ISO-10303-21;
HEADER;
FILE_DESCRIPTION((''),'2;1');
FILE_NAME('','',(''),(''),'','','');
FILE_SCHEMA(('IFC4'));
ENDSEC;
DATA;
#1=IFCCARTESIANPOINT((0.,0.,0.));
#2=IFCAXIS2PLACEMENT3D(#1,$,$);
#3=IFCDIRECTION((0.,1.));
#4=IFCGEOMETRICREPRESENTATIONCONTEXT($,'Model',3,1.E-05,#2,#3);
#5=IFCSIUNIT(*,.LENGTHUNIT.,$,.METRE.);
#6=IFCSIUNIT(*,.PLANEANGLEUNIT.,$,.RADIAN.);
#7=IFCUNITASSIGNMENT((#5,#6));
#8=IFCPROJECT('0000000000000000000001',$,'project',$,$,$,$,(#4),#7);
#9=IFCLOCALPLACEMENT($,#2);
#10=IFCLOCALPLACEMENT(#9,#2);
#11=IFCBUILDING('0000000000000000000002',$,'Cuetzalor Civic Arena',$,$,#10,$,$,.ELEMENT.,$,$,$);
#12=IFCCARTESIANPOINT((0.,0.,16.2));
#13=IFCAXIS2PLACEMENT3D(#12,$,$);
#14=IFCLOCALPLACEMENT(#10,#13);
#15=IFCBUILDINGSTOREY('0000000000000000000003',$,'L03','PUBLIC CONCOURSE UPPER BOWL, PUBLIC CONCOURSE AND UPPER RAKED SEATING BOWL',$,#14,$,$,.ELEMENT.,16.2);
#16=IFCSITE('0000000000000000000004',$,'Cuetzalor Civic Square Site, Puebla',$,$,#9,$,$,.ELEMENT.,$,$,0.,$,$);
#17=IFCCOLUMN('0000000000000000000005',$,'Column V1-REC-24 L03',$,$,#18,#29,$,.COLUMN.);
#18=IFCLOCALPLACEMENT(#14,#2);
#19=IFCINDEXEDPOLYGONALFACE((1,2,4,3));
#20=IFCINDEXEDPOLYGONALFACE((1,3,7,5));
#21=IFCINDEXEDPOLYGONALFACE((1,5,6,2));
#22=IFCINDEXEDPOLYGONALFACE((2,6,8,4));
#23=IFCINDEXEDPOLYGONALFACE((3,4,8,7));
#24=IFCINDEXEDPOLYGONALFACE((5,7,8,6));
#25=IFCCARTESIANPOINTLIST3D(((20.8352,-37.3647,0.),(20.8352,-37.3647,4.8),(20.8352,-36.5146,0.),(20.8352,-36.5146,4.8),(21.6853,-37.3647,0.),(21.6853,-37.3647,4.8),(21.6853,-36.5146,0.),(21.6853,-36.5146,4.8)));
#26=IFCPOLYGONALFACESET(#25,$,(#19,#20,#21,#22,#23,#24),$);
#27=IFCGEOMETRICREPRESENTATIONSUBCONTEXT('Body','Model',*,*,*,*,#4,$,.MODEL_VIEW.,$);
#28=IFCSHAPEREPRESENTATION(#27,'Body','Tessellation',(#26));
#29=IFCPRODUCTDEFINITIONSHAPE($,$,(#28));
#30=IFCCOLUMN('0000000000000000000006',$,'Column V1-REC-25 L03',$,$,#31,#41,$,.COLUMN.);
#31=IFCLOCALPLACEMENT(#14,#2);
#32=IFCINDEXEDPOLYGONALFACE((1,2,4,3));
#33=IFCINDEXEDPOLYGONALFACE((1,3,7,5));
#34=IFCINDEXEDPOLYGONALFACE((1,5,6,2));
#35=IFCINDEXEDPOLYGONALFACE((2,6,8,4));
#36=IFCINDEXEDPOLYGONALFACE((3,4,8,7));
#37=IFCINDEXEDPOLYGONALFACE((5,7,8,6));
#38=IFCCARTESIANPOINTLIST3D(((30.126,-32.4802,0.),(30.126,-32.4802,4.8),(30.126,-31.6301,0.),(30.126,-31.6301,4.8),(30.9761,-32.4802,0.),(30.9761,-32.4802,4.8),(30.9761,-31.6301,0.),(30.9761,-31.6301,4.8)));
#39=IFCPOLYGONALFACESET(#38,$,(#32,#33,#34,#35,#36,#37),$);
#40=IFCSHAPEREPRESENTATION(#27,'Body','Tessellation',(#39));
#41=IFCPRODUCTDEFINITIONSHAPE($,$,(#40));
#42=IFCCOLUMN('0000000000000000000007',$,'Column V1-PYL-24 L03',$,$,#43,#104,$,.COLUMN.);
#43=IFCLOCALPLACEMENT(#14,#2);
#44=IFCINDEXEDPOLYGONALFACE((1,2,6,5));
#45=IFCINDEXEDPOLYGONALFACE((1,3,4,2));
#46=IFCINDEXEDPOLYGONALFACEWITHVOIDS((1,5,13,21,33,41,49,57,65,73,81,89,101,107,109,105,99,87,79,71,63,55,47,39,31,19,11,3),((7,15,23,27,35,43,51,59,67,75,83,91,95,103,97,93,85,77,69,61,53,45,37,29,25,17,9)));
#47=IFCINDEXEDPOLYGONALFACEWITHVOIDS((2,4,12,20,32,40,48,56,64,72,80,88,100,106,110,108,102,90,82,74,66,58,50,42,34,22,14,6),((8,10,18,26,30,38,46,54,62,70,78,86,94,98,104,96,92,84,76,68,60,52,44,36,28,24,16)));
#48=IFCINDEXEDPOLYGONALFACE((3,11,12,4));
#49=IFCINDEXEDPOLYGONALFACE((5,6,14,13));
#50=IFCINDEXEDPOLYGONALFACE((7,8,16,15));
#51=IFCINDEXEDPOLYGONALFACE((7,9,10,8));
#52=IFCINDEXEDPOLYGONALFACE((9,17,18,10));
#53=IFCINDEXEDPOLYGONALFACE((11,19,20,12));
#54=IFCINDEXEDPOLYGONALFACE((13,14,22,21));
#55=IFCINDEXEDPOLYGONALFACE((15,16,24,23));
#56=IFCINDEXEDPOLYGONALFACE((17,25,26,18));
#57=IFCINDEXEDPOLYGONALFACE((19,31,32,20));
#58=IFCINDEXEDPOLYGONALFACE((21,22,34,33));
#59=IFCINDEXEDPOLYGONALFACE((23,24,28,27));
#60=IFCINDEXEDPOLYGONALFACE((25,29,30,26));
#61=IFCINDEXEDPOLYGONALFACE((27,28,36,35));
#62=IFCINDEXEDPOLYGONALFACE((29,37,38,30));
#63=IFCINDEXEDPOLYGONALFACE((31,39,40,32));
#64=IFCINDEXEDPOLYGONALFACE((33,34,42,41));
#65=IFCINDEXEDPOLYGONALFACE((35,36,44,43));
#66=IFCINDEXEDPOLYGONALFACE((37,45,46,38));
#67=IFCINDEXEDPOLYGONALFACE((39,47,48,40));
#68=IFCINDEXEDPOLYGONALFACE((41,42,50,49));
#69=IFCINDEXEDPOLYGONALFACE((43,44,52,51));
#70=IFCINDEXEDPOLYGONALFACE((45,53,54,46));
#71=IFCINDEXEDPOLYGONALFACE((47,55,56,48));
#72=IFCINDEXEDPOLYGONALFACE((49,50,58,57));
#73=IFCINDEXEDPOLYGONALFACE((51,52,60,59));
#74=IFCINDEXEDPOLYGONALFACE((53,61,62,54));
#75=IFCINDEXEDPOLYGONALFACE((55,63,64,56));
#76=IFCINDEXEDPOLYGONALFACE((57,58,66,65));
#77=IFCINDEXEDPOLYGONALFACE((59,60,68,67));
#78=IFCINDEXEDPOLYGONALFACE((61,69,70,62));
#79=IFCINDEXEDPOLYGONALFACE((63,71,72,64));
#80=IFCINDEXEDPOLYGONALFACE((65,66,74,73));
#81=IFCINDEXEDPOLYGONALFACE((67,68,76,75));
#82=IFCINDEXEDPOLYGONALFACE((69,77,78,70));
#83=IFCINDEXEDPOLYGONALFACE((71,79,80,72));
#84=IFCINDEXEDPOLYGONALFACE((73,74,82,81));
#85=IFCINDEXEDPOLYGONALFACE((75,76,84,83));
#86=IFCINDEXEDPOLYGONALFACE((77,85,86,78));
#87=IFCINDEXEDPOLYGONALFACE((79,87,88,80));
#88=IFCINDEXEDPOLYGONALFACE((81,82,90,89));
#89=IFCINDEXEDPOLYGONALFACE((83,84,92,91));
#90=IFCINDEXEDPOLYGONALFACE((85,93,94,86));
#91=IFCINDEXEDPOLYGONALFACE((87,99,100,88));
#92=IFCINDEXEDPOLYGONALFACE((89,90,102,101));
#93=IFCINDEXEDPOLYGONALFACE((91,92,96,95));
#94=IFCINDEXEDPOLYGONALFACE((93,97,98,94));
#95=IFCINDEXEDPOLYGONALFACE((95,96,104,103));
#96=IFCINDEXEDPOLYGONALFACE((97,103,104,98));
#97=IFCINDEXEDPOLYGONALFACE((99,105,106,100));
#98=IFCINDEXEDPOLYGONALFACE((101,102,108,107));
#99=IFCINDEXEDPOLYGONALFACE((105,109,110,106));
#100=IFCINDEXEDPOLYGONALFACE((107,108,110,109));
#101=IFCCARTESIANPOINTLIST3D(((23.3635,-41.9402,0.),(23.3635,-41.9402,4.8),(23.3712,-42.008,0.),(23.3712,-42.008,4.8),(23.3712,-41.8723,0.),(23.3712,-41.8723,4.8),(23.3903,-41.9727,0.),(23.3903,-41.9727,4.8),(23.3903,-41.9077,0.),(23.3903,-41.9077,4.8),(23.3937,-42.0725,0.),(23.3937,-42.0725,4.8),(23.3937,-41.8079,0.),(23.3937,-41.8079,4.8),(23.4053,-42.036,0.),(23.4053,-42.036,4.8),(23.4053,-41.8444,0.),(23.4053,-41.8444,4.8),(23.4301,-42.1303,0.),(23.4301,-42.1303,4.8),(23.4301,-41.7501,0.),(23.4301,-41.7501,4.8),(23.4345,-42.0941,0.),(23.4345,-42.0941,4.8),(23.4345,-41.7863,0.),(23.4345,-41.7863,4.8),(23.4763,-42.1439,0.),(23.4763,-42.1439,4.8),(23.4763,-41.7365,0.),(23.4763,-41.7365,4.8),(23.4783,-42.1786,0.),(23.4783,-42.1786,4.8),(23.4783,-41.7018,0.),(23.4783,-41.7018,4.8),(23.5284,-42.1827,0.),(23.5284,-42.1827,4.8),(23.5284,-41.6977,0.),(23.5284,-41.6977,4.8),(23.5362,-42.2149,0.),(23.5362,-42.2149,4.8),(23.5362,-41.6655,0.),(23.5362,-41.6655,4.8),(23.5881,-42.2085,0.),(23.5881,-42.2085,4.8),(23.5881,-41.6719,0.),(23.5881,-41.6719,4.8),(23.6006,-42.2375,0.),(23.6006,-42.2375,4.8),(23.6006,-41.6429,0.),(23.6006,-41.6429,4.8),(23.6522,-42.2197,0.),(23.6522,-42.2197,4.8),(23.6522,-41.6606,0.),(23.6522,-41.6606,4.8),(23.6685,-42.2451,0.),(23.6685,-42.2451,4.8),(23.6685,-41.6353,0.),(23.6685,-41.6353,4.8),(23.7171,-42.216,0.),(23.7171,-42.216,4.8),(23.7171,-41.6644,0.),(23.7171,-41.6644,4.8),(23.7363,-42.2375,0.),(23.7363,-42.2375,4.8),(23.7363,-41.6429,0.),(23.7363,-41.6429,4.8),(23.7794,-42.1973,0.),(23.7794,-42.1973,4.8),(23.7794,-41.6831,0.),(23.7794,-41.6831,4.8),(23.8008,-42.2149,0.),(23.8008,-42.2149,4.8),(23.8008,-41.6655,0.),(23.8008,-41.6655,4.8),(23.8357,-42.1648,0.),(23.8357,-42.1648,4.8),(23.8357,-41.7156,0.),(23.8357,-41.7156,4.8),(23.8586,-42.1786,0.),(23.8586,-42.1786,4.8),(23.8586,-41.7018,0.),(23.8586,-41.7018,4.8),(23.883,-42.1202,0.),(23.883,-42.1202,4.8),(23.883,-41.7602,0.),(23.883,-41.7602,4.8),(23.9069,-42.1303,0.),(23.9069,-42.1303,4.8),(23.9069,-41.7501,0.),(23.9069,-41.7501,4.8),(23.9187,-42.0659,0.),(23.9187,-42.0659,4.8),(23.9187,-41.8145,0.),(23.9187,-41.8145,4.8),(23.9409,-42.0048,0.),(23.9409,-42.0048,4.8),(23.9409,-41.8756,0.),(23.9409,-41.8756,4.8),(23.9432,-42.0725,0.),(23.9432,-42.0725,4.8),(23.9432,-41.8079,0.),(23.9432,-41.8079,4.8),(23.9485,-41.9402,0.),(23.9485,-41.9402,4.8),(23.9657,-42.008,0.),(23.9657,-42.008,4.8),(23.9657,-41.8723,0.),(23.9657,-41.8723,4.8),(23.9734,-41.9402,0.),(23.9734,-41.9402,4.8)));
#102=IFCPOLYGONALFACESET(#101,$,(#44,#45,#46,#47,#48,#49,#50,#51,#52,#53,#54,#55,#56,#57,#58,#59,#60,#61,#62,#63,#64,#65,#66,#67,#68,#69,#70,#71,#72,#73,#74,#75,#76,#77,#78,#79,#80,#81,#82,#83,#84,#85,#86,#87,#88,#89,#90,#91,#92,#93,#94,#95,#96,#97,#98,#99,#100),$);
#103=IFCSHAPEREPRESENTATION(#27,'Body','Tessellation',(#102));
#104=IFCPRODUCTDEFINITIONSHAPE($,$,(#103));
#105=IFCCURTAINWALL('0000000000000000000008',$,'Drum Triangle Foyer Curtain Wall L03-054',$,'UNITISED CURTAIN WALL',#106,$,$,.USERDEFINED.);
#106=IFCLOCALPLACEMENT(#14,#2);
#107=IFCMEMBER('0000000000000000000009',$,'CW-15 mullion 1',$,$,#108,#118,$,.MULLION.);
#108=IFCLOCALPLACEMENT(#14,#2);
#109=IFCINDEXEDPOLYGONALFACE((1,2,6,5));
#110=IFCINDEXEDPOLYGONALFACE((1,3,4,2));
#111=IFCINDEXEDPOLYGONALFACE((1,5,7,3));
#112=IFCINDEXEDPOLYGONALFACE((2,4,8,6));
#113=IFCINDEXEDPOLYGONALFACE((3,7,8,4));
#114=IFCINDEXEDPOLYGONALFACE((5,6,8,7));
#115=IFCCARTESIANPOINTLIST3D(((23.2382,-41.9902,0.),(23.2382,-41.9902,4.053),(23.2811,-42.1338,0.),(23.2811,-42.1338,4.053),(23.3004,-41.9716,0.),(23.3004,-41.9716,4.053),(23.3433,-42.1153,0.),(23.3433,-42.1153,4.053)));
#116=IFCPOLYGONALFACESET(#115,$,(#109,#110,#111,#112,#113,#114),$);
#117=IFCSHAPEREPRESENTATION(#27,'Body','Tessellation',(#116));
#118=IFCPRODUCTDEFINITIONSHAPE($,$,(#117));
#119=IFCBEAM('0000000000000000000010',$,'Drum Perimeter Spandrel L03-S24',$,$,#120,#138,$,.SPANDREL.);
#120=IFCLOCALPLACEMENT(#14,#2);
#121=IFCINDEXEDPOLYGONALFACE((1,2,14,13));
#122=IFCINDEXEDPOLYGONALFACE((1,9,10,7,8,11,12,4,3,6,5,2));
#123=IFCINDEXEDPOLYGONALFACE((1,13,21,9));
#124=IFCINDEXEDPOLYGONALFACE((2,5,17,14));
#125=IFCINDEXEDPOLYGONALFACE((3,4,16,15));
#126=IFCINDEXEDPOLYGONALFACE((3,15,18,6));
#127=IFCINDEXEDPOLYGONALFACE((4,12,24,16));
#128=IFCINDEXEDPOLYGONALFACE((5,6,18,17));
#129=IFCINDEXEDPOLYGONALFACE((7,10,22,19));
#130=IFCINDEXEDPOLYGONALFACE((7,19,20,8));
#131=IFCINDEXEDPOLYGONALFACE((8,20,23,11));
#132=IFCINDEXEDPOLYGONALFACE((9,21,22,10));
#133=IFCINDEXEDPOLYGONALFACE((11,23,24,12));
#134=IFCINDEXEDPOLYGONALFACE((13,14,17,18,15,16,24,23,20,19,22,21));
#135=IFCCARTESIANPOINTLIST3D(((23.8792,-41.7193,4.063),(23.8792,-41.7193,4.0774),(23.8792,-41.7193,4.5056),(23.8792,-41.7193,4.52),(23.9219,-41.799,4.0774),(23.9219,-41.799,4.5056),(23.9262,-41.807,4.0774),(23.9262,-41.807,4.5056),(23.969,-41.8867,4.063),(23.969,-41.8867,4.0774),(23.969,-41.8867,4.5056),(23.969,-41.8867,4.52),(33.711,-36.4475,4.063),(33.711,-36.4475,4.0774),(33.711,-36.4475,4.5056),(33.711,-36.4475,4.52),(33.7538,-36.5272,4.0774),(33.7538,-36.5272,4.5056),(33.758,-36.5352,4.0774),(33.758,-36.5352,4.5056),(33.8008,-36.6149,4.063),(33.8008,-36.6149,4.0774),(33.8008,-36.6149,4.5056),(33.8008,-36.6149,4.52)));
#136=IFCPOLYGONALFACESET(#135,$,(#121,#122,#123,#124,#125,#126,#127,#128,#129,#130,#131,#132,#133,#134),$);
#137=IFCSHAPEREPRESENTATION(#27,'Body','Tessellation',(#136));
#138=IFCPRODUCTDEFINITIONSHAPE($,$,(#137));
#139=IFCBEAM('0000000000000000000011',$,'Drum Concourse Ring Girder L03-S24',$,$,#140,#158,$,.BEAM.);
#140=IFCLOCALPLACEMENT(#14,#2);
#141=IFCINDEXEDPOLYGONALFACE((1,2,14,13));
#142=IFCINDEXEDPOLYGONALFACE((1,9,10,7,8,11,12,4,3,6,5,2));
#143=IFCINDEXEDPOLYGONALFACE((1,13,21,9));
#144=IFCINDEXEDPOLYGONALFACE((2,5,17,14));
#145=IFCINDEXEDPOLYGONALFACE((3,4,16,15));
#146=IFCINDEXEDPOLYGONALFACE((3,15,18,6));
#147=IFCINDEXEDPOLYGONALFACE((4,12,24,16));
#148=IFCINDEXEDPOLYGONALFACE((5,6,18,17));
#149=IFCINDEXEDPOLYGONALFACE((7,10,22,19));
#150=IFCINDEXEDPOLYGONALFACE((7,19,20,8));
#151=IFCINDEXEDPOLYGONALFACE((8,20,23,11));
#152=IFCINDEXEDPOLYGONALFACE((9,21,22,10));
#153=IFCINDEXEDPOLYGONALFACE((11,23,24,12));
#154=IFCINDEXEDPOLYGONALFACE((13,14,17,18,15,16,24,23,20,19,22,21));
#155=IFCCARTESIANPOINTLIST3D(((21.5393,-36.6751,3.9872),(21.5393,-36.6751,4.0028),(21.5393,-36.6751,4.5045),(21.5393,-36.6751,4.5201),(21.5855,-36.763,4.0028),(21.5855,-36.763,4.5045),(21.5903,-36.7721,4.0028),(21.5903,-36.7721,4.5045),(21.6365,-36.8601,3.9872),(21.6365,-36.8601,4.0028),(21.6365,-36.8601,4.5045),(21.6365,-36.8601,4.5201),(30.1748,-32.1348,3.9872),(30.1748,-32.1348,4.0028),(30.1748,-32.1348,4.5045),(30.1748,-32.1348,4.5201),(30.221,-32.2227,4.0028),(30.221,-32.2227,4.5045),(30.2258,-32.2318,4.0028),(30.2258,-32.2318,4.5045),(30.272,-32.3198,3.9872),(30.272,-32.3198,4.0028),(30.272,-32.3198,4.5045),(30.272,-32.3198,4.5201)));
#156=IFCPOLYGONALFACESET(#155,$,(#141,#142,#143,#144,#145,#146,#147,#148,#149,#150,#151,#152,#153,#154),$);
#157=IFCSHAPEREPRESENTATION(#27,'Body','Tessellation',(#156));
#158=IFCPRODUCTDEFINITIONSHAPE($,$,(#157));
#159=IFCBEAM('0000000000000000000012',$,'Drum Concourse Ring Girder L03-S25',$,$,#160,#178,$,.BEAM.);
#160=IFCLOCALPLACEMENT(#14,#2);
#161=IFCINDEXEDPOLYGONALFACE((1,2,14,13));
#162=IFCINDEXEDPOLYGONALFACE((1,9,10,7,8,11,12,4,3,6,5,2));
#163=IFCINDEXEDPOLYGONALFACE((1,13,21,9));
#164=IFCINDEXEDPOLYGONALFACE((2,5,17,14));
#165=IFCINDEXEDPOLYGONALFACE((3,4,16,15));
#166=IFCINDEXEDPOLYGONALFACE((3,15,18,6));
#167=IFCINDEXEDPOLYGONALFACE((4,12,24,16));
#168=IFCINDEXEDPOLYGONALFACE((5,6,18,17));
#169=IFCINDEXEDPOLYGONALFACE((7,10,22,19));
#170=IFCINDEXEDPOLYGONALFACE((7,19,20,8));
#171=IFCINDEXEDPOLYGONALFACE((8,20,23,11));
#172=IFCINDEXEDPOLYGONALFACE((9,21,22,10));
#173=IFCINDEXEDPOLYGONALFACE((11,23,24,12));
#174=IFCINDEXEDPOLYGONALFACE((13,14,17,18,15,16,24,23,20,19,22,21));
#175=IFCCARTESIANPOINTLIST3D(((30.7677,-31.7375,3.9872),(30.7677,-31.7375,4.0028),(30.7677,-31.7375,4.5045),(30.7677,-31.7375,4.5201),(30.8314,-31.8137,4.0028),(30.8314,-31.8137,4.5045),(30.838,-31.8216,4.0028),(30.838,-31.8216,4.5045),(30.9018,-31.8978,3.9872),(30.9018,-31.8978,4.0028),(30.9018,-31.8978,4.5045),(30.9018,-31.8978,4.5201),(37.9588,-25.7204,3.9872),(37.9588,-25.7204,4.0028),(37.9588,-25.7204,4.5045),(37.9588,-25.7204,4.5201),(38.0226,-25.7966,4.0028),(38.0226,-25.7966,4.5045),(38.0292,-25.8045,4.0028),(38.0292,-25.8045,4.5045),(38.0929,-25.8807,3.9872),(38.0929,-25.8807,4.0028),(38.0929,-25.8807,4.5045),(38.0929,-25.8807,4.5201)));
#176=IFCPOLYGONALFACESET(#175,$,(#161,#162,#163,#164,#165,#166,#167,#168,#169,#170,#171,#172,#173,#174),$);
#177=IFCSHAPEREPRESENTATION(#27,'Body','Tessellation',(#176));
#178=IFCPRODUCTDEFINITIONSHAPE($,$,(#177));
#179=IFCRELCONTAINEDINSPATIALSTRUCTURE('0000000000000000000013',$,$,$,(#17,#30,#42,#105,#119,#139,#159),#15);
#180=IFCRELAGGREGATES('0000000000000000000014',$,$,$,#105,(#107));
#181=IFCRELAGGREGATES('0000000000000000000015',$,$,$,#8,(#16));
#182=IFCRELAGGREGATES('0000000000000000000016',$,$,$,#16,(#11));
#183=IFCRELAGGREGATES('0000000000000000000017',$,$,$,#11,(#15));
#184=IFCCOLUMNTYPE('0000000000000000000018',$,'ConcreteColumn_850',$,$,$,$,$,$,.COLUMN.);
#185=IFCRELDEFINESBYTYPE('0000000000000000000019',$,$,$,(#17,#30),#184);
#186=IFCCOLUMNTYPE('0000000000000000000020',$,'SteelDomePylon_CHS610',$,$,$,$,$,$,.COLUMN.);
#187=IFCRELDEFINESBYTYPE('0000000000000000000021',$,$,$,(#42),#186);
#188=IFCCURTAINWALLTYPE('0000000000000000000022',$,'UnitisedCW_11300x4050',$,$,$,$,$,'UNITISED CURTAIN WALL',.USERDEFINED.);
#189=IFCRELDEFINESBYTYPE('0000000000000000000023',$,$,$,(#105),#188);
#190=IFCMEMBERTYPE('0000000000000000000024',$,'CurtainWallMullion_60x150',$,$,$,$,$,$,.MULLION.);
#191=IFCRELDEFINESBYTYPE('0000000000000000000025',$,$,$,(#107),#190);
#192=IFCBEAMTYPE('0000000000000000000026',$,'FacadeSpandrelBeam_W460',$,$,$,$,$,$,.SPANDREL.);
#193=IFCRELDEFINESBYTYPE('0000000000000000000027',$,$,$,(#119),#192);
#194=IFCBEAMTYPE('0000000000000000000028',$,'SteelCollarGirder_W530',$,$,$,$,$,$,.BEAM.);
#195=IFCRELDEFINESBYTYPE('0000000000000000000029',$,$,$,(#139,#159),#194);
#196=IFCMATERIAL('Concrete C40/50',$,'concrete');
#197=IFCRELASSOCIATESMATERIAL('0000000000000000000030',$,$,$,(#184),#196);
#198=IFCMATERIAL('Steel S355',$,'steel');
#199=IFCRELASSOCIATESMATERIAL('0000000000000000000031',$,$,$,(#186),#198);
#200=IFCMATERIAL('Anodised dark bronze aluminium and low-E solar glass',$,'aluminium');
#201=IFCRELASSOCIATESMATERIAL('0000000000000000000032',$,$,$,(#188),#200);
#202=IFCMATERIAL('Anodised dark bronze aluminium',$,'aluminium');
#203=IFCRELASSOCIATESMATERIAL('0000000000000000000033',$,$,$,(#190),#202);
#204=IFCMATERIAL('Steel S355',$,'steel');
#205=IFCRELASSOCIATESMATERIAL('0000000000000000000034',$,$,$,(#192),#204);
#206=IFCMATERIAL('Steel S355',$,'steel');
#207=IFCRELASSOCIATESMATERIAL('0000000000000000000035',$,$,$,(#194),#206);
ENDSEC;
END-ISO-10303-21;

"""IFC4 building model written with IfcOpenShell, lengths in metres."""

from ifc_helpers import new_model, si_unit, direction, frame, origin, origin_2d, place, context, subcontext, project, spatial, rectangle, hollow_circle, i_section, extrude, material, material_profile, profile_set, type_object, element, aggregate, save


model = new_model("IFC4")

# Units and contexts
model_context = context("Model", 3, precision=1e-05, world=origin(), true_north=direction((0.0, 1.0)))
body_context = subcontext(model_context, "Body", "Model", "MODEL_VIEW")
ifc_project = project(units=[si_unit("LENGTHUNIT", "METRE"), si_unit("PLANEANGLEUNIT", "RADIAN")], contexts=[model_context])

# Site, building, storey
site_placement = place(None, origin())
site = spatial("IfcSite", under=ifc_project, at=site_placement, Name="Cuetzalor Civic Square Site, Puebla", CompositionType="ELEMENT", RefElevation=0.0)
building_placement = place(site_placement, origin())
building = spatial("IfcBuilding", under=site, at=building_placement, Name="Cuetzalor Civic Arena", CompositionType="ELEMENT")
storey_placement = place(building_placement, frame((0.0, 0.0, 16.2)))
storey = spatial("IfcBuildingStorey", under=building, at=storey_placement, Name="L03", Description="PUBLIC CONCOURSE UPPER BOWL, PUBLIC CONCOURSE AND UPPER RAKED SEATING BOWL", CompositionType="ELEMENT", Elevation=16.2)

# Columns
ifc_material_1 = material(Name="Concrete C40/50", Category="concrete")
ifc_material_profile_1 = material_profile(ifc_material_1, rectangle(XDim=0.8501, YDim=0.8501, at=origin_2d()), Name="RC 850x850")
ifc_profile_set_1 = profile_set([ifc_material_profile_1], Name="Concrete C40/50")
column_type_1 = type_object("IfcColumnType", Name="ConcreteColumn_850", PredefinedType="COLUMN", material=ifc_profile_set_1)
for number, where, z_axis, x_axis, name in (
    (1, (21.2603, -36.9397, 0.0), (0.0, 0.0, 1.0), (1.0, 0.0, 0.0), "Column V1-REC-24 L03"),
    (2, (30.551, -32.0552, 0.0), (0.0, 0.0, 1.0), (1.0, 0.0, 0.0), "Column V1-REC-25 L03"),
):
    element("IfcColumn", number, at=place(storey_placement, frame(where, z_axis=z_axis, x_axis=x_axis)), inside=storey, type_object=column_type_1, Name=name, PredefinedType="COLUMN", context=body_context, shape_type="SweptSolid", body=[
        extrude(rectangle(XDim=0.8501, YDim=0.8501, at=origin_2d()), origin(), (0.0, 0.0, 1.0), 4.8),
    ])
ifc_material_2 = material(Name="Steel S355", Category="steel")
ifc_material_profile_2 = material_profile(ifc_material_2, hollow_circle(Radius=0.3049, WallThickness=0.0249, at=origin_2d()), Name="CHS 610x25")
ifc_profile_set_2 = profile_set([ifc_material_profile_2], Name="Steel S355")
column_type_2 = type_object("IfcColumnType", Name="SteelDomePylon_CHS610", PredefinedType="COLUMN", material=ifc_profile_set_2)
column_placement = place(storey_placement, frame((23.6685, -41.9402, 0.0), z_axis=(0.0, 0.0, 1.0), x_axis=(1.0, 0.0, 0.0)))
element("IfcColumn", 3, at=column_placement, inside=storey, type_object=column_type_2, Name="Column V1-PYL-24 L03", PredefinedType="COLUMN", context=body_context, shape_type="SweptSolid", body=[
    extrude(hollow_circle(Radius=0.3049, WallThickness=0.0249, at=origin_2d()), origin(), (0.0, 0.0, 1.0), 4.8),
])

# Curtain wall, member
ifc_material_3 = material(Name="Anodised dark bronze aluminium and low-E solar glass", Category="aluminium")
curtain_wall_type = type_object("IfcCurtainWallType", Name="UnitisedCW_11300x4050", ElementType="UNITISED CURTAIN WALL", PredefinedType="USERDEFINED", material=ifc_material_3)
curtain_wall_placement = place(storey_placement, origin())
curtain_wall = element("IfcCurtainWall", 4, at=curtain_wall_placement, inside=storey, type_object=curtain_wall_type, Name="Drum Triangle Foyer Curtain Wall L03-054", ObjectType="UNITISED CURTAIN WALL", PredefinedType="USERDEFINED")
ifc_material_4 = material(Name="Anodised dark bronze aluminium", Category="aluminium")
ifc_material_profile_3 = material_profile(ifc_material_4, rectangle(XDim=0.0649, YDim=0.1499, at=origin_2d()), Name="ALU MULLION 65x150")
ifc_profile_set_3 = profile_set([ifc_material_profile_3], Name="Anodised dark bronze aluminium")
member_type = type_object("IfcMemberType", Name="CurtainWallMullion_60x150", PredefinedType="MULLION", material=ifc_profile_set_3)
member_placement = place(storey_placement, frame((23.2908, -42.0527, 0.0), z_axis=(0.0, 0.0, 1.0), x_axis=(-0.958194, -0.28612, 0.0)))
member = element("IfcMember", 5, at=member_placement, type_object=member_type, Name="CW-15 mullion 1", PredefinedType="MULLION", context=body_context, shape_type="SweptSolid", body=[
    extrude(rectangle(XDim=0.0649, YDim=0.1499, at=origin_2d()), origin(), (0.0, 0.0, 1.0), 4.053),
])
aggregate(curtain_wall, [member])

# Beams
ifc_material_5 = material(Name="Steel S355", Category="steel")
ifc_material_profile_4 = material_profile(ifc_material_5, i_section(OverallWidth=0.1899, OverallDepth=0.457, WebThickness=0.009, FlangeThickness=0.0144, at=origin_2d()), Name="W460x74")
ifc_profile_set_4 = profile_set([ifc_material_profile_4], Name="Steel S355")
beam_type_1 = type_object("IfcBeamType", Name="FacadeSpandrelBeam_W460", PredefinedType="SPANDREL", material=ifc_profile_set_4)
beam_1_placement = place(storey_placement, frame((23.9241, -41.803, 4.2915), z_axis=(0.881305, 0.472549, 0.0), x_axis=(-0.472549, 0.881305, 0.0)))
element("IfcBeam", 6, at=beam_1_placement, inside=storey, type_object=beam_type_1, Name="Drum Perimeter Spandrel L03-S24", PredefinedType="SPANDREL", context=body_context, shape_type="SweptSolid", body=[
    extrude(i_section(OverallWidth=0.1899, OverallDepth=0.457, WebThickness=0.009, FlangeThickness=0.0144, at=origin_2d()), origin(), (0.0, 0.0, 1.0), 11.156),
])
ifc_material_6 = material(Name="Steel S355", Category="steel")
ifc_material_profile_5 = material_profile(ifc_material_6, i_section(OverallWidth=0.209, OverallDepth=0.533, WebThickness=0.0103, FlangeThickness=0.0156, at=origin_2d()), Name="W530x92")
ifc_profile_set_5 = profile_set([ifc_material_profile_5], Name="Steel S355")
beam_type_2 = type_object("IfcBeamType", Name="SteelCollarGirder_W530", PredefinedType="BEAM", material=ifc_profile_set_5)
beam_2_placement = place(storey_placement, frame((21.5879, -36.7676, 4.2537), z_axis=(0.885117, 0.465368, 0.0), x_axis=(-0.465368, 0.885117, 0.0)))
element("IfcBeam", 7, at=beam_2_placement, inside=storey, type_object=beam_type_2, Name="Drum Concourse Ring Girder L03-S24", PredefinedType="BEAM", context=body_context, shape_type="SweptSolid", body=[
    extrude(i_section(OverallWidth=0.209, OverallDepth=0.533, WebThickness=0.0103, FlangeThickness=0.0156, at=origin_2d()), origin(), (0.0, 0.0, 1.0), 9.7563),
])
beam_3_placement = place(storey_placement, frame((30.8347, -31.8176, 4.2537), z_axis=(0.766937, 0.641722, 0.0), x_axis=(-0.641722, 0.766937, 0.0)))
element("IfcBeam", 8, at=beam_3_placement, inside=storey, type_object=beam_type_2, Name="Drum Concourse Ring Girder L03-S25", PredefinedType="BEAM", context=body_context, shape_type="SweptSolid", body=[
    extrude(i_section(OverallWidth=0.209, OverallDepth=0.533, WebThickness=0.0103, FlangeThickness=0.0156, at=origin_2d()), origin(), (0.0, 0.0, 1.0), 9.3765),
])

save(model, "model.ifc")
